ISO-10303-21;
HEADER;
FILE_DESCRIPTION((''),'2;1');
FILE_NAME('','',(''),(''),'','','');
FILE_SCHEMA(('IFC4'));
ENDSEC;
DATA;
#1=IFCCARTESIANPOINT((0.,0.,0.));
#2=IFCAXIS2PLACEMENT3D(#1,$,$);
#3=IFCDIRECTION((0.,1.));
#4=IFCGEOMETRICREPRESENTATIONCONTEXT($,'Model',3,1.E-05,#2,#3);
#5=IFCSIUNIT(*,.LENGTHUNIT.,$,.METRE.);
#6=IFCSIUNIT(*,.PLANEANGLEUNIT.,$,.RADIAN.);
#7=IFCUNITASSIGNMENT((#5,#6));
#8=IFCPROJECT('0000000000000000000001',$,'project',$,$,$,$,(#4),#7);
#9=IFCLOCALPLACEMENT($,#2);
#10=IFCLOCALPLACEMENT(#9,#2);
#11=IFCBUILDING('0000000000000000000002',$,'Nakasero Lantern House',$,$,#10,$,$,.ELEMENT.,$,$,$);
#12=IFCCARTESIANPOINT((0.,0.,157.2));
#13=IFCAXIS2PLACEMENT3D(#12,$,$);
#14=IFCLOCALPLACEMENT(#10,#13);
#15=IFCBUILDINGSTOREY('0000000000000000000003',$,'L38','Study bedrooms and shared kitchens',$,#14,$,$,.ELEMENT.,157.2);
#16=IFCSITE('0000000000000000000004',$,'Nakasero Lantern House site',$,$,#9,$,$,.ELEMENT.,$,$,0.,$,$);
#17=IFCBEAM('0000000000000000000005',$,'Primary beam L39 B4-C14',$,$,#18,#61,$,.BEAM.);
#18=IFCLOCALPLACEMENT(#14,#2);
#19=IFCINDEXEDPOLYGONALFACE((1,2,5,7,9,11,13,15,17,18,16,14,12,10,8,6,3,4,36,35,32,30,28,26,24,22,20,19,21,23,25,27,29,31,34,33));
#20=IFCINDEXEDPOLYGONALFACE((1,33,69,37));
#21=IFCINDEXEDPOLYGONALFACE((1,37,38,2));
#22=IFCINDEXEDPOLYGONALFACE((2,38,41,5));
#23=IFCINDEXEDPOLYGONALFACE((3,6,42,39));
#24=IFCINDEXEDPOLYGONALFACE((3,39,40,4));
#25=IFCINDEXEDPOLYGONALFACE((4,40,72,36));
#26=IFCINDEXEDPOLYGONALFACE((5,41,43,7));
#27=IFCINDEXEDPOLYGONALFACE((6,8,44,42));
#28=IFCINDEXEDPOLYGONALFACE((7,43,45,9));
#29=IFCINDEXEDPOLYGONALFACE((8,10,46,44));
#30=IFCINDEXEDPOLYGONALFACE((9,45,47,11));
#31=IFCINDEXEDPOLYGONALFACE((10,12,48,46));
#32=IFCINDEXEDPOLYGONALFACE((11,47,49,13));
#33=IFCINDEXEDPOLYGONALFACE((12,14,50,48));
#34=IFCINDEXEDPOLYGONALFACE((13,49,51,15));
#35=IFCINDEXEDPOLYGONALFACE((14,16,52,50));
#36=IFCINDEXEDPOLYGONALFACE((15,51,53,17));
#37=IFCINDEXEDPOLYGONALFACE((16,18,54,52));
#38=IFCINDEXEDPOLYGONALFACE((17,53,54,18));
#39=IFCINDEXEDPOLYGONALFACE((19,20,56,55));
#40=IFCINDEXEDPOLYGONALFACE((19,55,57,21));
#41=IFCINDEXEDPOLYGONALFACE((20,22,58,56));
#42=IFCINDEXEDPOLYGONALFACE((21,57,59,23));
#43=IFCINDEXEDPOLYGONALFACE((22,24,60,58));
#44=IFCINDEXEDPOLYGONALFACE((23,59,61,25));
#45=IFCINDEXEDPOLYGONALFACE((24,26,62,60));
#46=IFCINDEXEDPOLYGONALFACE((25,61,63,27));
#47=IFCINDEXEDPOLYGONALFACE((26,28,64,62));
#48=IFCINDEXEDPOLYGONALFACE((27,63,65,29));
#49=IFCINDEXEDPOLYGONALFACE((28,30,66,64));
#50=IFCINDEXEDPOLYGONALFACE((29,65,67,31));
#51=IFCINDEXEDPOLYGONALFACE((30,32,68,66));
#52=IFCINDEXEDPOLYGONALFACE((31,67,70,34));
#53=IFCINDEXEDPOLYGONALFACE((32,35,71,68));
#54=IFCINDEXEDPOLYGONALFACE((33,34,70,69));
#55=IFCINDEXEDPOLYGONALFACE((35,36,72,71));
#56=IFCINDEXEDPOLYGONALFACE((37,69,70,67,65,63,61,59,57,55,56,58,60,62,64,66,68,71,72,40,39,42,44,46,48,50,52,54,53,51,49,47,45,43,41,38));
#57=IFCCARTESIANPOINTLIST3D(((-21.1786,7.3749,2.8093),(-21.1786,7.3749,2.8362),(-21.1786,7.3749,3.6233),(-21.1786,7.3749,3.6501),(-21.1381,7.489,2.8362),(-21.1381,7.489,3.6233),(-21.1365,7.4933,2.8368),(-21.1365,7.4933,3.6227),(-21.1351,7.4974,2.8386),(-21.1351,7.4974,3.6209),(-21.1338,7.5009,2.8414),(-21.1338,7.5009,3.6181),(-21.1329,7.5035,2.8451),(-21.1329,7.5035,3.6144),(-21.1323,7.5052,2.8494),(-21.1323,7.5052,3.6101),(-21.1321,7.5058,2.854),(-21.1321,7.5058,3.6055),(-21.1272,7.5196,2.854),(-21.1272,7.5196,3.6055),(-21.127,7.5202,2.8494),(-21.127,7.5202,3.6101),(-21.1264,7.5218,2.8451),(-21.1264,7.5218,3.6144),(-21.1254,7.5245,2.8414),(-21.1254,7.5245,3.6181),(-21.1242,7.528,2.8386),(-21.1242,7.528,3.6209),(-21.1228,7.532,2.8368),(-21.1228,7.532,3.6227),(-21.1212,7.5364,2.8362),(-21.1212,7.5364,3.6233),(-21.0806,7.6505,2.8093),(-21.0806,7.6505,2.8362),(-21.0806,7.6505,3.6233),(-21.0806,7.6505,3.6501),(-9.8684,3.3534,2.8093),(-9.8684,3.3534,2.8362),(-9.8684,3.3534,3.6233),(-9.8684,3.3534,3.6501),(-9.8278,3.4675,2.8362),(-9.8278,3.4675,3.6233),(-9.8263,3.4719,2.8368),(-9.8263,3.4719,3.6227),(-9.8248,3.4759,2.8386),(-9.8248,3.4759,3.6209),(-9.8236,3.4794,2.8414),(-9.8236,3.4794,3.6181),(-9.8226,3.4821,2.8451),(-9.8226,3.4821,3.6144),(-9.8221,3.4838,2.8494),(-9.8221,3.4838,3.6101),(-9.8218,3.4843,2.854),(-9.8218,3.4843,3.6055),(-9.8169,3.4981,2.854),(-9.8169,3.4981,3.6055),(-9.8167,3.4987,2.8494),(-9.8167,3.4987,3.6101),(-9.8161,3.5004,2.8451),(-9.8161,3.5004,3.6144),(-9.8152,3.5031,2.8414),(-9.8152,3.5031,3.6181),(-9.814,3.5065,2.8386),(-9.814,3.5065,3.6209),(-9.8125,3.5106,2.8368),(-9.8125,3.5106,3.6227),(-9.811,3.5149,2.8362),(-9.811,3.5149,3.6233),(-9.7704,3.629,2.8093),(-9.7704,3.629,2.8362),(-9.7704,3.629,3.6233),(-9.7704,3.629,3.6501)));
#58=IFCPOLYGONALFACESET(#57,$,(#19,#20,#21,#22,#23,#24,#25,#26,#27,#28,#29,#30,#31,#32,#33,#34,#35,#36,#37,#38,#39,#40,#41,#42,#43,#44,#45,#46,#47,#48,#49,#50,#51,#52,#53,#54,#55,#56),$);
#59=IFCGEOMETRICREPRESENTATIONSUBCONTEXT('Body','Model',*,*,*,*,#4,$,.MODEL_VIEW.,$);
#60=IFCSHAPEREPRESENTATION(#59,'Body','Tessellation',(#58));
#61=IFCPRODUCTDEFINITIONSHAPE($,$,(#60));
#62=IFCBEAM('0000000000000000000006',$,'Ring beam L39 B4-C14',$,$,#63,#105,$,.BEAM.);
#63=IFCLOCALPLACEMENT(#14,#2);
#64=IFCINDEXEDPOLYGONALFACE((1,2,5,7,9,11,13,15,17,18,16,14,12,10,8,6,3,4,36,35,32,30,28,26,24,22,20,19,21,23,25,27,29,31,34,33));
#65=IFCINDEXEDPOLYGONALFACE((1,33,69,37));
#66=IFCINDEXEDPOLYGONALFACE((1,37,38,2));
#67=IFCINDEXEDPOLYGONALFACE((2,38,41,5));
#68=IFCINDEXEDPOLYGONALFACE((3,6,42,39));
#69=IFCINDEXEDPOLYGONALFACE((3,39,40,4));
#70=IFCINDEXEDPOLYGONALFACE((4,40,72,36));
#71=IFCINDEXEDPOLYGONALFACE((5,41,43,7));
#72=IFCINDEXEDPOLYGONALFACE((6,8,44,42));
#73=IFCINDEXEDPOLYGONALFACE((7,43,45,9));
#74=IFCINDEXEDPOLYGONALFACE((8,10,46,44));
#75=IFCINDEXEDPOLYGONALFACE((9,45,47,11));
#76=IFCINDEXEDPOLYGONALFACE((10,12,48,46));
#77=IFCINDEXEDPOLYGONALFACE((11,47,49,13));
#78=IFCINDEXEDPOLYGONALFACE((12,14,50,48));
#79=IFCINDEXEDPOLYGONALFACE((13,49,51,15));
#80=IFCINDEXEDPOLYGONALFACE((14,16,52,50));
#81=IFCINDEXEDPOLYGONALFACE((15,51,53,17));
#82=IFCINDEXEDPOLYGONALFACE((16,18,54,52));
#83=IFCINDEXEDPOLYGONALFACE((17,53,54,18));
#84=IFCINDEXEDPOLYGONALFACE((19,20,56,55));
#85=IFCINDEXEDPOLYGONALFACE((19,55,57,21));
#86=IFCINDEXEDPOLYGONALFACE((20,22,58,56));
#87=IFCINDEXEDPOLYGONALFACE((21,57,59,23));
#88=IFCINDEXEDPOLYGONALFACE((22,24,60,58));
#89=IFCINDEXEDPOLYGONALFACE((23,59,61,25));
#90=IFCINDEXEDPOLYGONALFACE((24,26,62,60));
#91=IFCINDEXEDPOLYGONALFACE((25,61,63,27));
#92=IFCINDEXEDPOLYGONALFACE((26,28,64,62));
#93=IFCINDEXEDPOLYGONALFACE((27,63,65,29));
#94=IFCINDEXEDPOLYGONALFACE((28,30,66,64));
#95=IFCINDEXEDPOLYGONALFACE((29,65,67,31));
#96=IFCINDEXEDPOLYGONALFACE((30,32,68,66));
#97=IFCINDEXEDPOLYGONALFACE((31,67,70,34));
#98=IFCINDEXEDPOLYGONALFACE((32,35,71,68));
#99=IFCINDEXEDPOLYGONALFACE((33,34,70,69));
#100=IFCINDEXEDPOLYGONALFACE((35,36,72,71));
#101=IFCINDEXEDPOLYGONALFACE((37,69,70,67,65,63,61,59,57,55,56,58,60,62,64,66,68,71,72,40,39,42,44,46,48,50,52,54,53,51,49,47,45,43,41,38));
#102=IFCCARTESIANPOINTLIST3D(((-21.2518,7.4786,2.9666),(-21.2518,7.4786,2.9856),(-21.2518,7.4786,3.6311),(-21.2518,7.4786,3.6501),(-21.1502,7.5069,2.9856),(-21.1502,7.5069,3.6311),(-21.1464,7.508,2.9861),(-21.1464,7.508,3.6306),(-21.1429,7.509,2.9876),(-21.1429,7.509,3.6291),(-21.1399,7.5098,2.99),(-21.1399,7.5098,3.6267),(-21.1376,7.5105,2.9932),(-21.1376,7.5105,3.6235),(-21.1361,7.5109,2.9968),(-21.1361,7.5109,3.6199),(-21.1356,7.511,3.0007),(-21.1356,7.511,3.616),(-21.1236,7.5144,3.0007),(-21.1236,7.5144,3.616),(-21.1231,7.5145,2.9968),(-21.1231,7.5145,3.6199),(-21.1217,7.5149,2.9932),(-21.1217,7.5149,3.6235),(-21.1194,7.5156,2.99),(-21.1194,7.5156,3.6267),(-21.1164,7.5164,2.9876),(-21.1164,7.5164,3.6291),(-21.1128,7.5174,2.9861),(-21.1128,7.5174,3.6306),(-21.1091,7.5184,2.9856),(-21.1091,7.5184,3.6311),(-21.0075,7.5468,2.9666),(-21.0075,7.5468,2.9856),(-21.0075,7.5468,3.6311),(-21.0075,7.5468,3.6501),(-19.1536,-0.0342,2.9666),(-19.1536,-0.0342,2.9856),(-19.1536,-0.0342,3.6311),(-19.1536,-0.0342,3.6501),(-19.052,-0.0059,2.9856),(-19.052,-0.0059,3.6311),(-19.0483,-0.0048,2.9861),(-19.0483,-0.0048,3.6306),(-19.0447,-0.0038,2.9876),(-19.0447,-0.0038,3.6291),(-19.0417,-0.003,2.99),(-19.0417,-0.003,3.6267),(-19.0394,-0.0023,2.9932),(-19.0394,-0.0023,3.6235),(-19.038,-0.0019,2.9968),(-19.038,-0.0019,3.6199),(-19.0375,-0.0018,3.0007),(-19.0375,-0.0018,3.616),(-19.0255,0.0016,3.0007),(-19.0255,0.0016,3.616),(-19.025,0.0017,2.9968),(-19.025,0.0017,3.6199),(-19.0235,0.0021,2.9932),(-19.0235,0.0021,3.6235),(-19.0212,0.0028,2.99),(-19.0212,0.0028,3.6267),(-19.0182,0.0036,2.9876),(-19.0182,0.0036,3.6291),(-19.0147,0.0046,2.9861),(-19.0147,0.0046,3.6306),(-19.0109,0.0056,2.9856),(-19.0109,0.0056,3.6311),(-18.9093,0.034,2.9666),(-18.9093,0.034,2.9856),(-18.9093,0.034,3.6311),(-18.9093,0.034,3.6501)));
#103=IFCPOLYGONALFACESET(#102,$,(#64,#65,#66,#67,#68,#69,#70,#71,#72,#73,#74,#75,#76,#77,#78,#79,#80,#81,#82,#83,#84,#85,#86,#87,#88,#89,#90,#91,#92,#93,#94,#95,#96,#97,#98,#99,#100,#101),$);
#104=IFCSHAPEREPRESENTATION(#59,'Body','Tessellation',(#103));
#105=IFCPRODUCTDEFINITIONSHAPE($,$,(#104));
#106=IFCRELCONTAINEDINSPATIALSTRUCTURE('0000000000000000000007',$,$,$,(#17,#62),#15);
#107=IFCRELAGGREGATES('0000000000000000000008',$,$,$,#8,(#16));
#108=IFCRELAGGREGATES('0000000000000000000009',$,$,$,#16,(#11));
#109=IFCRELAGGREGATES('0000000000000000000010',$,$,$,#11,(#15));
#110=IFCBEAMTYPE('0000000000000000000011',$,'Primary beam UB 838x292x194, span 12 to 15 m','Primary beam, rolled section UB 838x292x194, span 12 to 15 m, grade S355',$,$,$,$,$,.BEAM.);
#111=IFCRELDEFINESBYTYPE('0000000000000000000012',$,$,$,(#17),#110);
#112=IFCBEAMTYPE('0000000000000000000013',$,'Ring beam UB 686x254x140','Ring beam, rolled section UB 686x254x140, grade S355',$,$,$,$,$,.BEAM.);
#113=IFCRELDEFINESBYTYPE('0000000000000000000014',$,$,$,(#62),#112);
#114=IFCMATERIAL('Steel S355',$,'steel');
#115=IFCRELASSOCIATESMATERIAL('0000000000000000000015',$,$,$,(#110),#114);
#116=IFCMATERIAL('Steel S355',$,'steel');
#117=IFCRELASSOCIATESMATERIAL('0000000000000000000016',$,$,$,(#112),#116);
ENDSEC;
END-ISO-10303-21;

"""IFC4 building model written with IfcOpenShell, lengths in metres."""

from ifc_helpers import new_model, si_unit, direction, frame, origin, origin_2d, place, context, subcontext, project, spatial, i_section, extrude, material, material_profile, profile_set, type_object, element, save


model = new_model("IFC4")

# Units and contexts
model_context = context("Model", 3, precision=1e-05, world=origin(), true_north=direction((0.0, 1.0)))
body_context = subcontext(model_context, "Body", "Model", "MODEL_VIEW")
ifc_project = project(units=[si_unit("LENGTHUNIT", "METRE"), si_unit("PLANEANGLEUNIT", "RADIAN")], contexts=[model_context])

# Site, building, storey
site_placement = place(None, origin())
site = spatial("IfcSite", under=ifc_project, at=site_placement, Name="Nakasero Lantern House site", CompositionType="ELEMENT", RefElevation=0.0)
building_placement = place(site_placement, origin())
building = spatial("IfcBuilding", under=site, at=building_placement, Name="Nakasero Lantern House", CompositionType="ELEMENT")
storey_placement = place(building_placement, frame((0.0, 0.0, 157.2)))
storey = spatial("IfcBuildingStorey", under=building, at=storey_placement, Name="L38", Description="Study bedrooms and shared kitchens", CompositionType="ELEMENT", Elevation=157.2)

# Beams
ifc_material_1 = material(Name="Steel S355", Category="steel")
ifc_material_profile_1 = material_profile(ifc_material_1, i_section(OverallWidth=0.2925, OverallDepth=0.8408, WebThickness=0.0146, FlangeThickness=0.0269, FilletRadius=0.0178, at=origin_2d()), Name="UB 838x292x194")
ifc_profile_set_1 = profile_set([ifc_material_profile_1], Name="Steel S355")
beam_type_1 = type_object("IfcBeamType", Name="Primary beam UB 838x292x194, span 12 to 15 m", Description="Primary beam, rolled section UB 838x292x194, span 12 to 15 m, grade S355", PredefinedType="BEAM", material=ifc_profile_set_1)
beam_1_placement = place(storey_placement, frame((-21.1296, 7.5127, 3.2297), z_axis=(0.942214, -0.335013, 0.0), x_axis=(0.335013, 0.942214, 0.0)))
element("IfcBeam", 1, at=beam_1_placement, inside=storey, type_object=beam_type_1, Name="Primary beam L39 B4-C14", PredefinedType="BEAM", context=body_context, shape_type="SweptSolid", body=[
    extrude(i_section(OverallWidth=0.2925, OverallDepth=0.8408, WebThickness=0.0146, FlangeThickness=0.0269, FilletRadius=0.0178, at=origin_2d()), origin(), (0.0, 0.0, 1.0), 12.0039),
])
ifc_material_2 = material(Name="Steel S355", Category="steel")
ifc_material_profile_2 = material_profile(ifc_material_2, i_section(OverallWidth=0.2537, OverallDepth=0.6836, WebThickness=0.0125, FlangeThickness=0.019, FilletRadius=0.0151, at=origin_2d()), Name="UB 686x254x140")
ifc_profile_set_2 = profile_set([ifc_material_profile_2], Name="Steel S355")
beam_type_2 = type_object("IfcBeamType", Name="Ring beam UB 686x254x140", Description="Ring beam, rolled section UB 686x254x140, grade S355", PredefinedType="BEAM", material=ifc_profile_set_2)
beam_2_placement = place(storey_placement, frame((-21.1296, 7.5127, 3.3083), z_axis=(0.268987, -0.963144, 0.0), x_axis=(0.963144, 0.268987, 0.0)))
element("IfcBeam", 2, at=beam_2_placement, inside=storey, type_object=beam_type_2, Name="Ring beam L39 B4-C14", PredefinedType="BEAM", context=body_context, shape_type="SweptSolid", body=[
    extrude(i_section(OverallWidth=0.2537, OverallDepth=0.6836, WebThickness=0.0125, FlangeThickness=0.019, FilletRadius=0.0151, at=origin_2d()), origin(), (0.0, 0.0, 1.0), 7.8003),
])

save(model, "model.ifc")
